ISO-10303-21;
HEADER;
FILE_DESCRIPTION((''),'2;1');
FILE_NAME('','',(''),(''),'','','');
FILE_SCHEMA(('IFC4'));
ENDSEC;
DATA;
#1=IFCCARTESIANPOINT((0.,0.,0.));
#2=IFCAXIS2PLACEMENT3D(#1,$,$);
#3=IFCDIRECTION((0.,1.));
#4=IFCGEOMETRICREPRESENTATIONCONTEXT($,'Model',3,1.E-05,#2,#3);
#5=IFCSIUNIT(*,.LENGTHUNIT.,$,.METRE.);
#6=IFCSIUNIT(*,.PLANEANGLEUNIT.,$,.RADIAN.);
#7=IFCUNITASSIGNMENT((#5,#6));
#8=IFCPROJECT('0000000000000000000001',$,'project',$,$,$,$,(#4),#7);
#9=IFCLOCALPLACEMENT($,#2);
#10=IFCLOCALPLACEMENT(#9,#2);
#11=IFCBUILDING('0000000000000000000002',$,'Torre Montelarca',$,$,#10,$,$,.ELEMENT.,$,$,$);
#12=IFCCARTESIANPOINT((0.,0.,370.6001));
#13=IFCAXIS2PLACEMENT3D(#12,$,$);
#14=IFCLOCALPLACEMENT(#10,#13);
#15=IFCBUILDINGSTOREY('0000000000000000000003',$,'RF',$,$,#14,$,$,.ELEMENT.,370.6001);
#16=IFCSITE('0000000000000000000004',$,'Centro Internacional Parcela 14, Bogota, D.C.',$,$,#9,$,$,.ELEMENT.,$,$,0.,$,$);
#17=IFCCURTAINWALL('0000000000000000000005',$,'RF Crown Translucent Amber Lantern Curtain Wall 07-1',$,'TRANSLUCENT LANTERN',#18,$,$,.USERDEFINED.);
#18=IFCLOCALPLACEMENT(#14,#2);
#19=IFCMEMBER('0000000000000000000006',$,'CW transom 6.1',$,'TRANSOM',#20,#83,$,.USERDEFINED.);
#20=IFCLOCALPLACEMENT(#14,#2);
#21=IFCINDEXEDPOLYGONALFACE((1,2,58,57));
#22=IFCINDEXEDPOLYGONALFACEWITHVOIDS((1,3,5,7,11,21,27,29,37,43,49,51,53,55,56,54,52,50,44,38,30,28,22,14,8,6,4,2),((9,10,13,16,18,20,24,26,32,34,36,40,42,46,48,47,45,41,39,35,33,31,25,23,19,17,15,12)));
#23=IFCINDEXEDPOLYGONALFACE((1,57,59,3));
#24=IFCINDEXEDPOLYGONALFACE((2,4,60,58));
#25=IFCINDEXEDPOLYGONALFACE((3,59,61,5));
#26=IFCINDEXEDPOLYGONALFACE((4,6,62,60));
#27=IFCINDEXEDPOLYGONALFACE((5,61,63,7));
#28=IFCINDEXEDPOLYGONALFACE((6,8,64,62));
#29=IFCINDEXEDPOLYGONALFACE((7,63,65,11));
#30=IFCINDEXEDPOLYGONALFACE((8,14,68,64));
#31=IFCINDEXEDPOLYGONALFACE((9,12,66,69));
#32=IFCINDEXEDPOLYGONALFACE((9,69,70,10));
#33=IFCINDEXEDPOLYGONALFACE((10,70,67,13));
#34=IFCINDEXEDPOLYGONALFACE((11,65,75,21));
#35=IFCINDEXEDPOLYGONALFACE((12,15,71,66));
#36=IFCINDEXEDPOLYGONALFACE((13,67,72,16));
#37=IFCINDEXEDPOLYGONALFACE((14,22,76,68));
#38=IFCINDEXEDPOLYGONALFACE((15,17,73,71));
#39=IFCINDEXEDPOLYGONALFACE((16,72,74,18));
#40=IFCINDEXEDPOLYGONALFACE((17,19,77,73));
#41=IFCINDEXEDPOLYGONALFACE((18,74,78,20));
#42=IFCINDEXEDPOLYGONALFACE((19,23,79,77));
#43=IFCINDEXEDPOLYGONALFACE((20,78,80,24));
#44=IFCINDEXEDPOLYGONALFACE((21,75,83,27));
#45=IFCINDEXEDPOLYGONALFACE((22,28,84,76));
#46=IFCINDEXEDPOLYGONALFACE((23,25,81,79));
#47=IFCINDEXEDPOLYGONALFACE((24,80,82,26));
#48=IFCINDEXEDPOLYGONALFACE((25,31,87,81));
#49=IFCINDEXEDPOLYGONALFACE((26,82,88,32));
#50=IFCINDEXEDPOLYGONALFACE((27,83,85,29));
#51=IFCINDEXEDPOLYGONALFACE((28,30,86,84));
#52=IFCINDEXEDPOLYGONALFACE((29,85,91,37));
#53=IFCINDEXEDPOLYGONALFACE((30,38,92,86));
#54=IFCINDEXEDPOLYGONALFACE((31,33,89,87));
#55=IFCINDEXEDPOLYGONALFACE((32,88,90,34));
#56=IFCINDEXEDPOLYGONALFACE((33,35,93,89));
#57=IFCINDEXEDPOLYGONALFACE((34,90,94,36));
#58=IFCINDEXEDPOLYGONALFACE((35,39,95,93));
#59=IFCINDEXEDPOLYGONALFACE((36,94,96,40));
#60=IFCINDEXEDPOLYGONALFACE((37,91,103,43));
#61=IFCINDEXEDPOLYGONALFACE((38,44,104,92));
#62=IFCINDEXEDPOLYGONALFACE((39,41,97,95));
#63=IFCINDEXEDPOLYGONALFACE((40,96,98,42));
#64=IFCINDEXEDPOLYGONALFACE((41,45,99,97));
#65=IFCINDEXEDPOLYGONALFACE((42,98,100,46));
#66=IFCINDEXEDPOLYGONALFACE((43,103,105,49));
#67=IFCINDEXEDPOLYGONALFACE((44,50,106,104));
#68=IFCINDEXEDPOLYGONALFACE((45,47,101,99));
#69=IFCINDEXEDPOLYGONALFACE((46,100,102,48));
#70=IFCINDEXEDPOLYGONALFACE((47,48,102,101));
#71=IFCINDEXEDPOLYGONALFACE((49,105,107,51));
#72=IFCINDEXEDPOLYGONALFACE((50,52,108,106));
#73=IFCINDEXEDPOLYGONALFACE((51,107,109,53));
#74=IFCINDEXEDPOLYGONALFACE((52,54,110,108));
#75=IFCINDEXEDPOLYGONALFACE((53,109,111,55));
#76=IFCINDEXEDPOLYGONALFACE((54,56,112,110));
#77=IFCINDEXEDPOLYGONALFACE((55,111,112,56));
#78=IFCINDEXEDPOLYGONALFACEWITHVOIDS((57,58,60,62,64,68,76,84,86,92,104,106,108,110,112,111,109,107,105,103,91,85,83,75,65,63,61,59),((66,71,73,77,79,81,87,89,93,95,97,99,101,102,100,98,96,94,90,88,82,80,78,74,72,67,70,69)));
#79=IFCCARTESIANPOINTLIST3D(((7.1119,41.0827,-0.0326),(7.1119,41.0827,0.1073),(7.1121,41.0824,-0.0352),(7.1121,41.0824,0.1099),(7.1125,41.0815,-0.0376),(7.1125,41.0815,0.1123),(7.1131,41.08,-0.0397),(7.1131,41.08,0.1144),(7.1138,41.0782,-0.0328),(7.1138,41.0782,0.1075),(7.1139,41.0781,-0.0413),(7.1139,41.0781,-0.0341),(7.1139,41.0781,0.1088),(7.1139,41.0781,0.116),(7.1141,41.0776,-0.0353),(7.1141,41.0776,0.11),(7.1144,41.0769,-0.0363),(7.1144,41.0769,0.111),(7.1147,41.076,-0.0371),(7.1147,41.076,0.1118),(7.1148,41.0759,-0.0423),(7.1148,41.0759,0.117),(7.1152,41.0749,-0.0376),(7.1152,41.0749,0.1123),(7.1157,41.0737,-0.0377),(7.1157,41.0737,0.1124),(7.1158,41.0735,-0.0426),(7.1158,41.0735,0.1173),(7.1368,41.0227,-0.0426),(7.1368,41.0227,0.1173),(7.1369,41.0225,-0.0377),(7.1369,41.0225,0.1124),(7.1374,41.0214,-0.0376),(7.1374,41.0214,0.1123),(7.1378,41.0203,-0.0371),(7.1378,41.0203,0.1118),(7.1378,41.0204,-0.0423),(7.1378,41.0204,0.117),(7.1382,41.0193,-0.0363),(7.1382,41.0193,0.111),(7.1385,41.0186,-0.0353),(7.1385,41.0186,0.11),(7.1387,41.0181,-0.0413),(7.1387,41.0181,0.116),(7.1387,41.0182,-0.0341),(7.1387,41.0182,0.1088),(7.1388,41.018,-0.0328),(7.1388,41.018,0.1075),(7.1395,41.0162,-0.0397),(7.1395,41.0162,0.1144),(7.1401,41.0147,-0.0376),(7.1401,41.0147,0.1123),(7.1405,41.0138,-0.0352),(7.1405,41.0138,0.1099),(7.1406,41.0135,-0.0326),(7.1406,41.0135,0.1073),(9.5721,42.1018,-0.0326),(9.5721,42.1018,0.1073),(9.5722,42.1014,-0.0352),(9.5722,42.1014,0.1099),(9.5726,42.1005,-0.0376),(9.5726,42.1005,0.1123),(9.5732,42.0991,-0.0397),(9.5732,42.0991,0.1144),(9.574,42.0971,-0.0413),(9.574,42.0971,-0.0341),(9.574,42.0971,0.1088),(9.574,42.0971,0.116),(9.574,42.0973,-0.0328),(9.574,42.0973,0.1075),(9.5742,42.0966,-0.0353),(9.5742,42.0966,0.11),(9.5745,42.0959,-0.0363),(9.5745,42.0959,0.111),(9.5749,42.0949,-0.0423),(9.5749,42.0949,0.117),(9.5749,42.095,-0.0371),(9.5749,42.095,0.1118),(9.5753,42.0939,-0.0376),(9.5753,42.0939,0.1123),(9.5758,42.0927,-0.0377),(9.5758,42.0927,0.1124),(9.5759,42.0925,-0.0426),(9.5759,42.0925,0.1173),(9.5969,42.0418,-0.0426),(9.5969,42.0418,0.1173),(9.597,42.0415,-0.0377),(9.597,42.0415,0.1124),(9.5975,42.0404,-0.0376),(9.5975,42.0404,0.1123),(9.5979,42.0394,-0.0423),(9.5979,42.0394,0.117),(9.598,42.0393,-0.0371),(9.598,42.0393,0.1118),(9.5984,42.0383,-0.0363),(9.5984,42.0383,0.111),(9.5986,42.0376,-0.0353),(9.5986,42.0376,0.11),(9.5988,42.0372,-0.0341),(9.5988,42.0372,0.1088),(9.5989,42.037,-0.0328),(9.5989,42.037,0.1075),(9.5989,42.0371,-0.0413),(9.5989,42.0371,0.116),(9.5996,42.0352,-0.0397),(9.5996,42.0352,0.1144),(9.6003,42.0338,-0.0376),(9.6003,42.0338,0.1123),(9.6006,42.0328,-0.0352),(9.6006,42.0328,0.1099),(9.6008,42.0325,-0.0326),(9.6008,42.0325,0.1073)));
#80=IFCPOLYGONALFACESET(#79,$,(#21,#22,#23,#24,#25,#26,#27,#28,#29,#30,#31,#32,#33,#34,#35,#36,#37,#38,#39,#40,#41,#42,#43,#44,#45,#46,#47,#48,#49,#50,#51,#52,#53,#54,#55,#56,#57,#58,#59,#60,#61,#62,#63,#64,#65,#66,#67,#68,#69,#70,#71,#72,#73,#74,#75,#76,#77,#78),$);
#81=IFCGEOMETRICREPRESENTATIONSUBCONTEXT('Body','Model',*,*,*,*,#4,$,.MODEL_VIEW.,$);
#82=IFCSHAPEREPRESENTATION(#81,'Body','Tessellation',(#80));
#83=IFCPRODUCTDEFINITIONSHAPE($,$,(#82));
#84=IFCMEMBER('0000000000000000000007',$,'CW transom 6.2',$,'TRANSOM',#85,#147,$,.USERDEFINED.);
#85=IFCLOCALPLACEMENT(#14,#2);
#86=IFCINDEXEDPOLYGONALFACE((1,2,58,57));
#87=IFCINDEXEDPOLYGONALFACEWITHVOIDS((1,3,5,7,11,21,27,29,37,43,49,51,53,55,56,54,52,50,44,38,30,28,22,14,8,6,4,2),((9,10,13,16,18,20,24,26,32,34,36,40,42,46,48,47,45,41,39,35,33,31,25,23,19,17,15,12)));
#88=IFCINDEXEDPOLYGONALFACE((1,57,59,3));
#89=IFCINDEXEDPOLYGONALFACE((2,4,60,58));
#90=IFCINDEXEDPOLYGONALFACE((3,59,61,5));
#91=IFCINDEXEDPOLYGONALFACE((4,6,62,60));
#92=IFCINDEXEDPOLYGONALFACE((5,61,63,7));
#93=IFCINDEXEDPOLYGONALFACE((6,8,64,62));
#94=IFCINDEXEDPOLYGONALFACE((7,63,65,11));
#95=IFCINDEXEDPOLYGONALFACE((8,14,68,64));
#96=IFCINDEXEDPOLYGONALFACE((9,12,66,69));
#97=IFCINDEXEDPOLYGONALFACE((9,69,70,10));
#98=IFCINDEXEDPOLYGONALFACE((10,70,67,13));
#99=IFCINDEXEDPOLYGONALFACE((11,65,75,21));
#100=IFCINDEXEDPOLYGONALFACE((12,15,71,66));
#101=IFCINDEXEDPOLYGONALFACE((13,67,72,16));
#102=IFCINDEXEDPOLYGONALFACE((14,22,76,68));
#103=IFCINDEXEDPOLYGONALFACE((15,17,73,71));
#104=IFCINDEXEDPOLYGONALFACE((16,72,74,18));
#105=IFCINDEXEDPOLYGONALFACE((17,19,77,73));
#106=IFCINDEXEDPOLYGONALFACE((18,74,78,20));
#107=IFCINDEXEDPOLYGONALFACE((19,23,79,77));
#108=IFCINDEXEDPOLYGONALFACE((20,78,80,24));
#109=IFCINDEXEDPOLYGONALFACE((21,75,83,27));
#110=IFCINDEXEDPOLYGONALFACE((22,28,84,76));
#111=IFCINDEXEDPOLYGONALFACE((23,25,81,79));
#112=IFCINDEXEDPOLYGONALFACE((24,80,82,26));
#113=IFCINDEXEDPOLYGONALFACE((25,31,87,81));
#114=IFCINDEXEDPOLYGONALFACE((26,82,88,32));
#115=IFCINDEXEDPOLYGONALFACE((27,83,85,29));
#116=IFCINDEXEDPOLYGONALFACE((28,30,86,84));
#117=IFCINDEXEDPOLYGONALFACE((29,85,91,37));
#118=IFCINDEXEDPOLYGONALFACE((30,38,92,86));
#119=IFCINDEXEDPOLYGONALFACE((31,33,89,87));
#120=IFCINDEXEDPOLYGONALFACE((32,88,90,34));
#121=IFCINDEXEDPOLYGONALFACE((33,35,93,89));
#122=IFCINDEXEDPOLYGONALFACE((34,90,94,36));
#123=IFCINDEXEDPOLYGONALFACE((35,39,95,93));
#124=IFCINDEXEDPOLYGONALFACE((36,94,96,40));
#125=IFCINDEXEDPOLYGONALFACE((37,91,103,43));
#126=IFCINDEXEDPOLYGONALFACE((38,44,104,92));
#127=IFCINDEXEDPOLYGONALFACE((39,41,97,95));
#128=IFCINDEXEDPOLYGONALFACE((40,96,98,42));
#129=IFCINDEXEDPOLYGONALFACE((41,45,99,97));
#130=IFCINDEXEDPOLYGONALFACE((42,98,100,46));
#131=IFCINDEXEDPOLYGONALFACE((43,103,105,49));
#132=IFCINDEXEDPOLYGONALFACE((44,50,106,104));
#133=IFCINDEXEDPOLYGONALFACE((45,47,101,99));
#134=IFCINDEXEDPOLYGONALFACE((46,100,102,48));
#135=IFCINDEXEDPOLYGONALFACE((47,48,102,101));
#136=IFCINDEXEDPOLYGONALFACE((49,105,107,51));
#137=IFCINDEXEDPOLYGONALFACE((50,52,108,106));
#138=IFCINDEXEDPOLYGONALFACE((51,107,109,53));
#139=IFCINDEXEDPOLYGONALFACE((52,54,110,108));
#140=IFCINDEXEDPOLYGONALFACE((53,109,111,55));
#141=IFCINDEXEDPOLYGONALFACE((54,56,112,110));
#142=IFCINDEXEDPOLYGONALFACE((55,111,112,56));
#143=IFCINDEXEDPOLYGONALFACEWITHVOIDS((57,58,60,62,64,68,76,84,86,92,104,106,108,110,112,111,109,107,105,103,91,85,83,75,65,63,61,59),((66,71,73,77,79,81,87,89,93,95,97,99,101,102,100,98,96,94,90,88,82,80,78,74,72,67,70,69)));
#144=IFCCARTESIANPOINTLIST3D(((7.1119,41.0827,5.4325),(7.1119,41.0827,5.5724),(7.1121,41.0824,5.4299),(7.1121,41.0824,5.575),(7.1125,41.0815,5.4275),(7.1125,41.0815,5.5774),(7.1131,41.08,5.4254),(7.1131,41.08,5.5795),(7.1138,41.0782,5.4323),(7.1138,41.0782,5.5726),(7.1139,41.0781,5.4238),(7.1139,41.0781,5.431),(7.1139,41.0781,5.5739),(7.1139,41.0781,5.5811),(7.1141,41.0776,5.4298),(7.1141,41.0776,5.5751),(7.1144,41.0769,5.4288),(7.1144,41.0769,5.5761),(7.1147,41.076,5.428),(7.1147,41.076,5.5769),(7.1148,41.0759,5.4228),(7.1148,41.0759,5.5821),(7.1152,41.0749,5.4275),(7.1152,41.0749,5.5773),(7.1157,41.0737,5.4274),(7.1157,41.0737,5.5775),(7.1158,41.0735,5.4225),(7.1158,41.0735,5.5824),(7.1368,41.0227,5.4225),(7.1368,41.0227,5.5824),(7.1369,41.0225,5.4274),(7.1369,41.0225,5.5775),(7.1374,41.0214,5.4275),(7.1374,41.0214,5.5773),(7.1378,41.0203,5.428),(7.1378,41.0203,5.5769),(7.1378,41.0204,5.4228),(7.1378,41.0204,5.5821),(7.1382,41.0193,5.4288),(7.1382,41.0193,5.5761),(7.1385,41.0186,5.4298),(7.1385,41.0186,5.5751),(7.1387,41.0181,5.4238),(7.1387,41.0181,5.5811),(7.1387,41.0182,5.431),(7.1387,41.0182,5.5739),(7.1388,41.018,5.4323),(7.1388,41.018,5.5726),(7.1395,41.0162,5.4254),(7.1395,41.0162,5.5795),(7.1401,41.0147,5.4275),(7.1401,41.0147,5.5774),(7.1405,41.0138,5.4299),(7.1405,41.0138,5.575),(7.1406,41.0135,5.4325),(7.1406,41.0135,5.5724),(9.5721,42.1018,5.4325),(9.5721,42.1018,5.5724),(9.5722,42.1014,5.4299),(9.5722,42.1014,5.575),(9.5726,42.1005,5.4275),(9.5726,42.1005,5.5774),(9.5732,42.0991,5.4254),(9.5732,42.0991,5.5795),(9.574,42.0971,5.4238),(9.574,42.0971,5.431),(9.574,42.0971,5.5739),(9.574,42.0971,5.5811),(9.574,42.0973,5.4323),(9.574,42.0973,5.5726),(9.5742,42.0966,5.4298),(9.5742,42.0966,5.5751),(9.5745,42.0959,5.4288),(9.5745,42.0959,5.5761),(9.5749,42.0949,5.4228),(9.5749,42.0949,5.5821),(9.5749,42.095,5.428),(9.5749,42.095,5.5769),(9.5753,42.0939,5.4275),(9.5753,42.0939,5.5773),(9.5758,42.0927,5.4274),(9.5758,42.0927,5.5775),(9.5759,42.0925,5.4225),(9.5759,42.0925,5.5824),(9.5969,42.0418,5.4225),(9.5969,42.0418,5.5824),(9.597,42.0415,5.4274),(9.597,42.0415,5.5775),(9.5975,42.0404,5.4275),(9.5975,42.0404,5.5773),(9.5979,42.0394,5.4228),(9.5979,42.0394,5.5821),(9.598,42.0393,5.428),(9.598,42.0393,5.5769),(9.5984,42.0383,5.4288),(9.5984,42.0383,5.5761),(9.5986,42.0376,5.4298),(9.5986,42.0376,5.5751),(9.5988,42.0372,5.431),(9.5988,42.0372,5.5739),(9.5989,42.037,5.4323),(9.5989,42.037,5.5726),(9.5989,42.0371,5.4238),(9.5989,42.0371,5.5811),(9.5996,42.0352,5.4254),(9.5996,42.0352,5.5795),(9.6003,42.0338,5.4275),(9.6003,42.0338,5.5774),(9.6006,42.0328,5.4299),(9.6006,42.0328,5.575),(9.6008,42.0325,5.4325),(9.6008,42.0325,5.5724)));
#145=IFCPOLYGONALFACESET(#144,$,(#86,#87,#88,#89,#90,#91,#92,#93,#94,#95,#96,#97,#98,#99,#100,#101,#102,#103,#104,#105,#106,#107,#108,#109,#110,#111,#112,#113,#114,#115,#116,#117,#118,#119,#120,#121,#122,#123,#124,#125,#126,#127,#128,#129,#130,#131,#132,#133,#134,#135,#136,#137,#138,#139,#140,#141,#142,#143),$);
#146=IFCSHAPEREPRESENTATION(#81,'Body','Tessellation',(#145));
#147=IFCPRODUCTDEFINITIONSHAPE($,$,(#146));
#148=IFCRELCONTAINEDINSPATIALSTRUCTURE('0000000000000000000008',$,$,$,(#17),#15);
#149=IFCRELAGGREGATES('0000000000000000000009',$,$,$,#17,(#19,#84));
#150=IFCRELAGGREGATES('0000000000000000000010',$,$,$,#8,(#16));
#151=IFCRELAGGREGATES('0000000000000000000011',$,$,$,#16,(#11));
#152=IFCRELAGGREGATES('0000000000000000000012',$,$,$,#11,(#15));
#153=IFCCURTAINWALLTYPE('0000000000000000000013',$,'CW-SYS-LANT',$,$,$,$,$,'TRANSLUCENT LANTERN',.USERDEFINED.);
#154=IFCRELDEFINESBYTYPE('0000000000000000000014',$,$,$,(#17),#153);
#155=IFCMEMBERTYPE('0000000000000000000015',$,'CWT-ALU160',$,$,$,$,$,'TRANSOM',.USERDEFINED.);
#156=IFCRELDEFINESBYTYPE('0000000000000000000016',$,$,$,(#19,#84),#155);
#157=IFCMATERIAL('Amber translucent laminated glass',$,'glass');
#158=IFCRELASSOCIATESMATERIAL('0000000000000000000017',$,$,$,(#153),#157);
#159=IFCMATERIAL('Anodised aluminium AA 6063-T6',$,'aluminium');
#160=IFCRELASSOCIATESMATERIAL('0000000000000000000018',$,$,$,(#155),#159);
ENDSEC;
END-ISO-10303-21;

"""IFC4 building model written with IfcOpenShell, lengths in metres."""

from ifc_helpers import new_model, si_unit, direction, frame, origin, origin_2d, place, context, subcontext, project, spatial, hollow_rectangle, extrude, source, transform, mapped, material, material_profile, profile_set, type_object, element, aggregate, save


model = new_model("IFC4")

# Units and contexts
model_context = context("Model", 3, precision=1e-05, world=origin(), true_north=direction((0.0, 1.0)))
body_context = subcontext(model_context, "Body", "Model", "MODEL_VIEW")
ifc_project = project(units=[si_unit("LENGTHUNIT", "METRE"), si_unit("PLANEANGLEUNIT", "RADIAN")], contexts=[model_context])

# Site, building, storey
site_placement = place(None, origin())
site = spatial("IfcSite", under=ifc_project, at=site_placement, Name="Centro Internacional Parcela 14, Bogota, D.C.", CompositionType="ELEMENT", RefElevation=0.0)
building_placement = place(site_placement, origin())
building = spatial("IfcBuilding", under=site, at=building_placement, Name="Torre Montelarca", CompositionType="ELEMENT")
storey_placement = place(building_placement, frame((0.0, 0.0, 370.6001)))
storey = spatial("IfcBuildingStorey", under=building, at=storey_placement, Name="RF", CompositionType="ELEMENT", Elevation=370.6001)

# Curtain wall
ifc_material_1 = material(Name="Amber translucent laminated glass", Category="glass")
curtain_wall_type = type_object("IfcCurtainWallType", Name="CW-SYS-LANT", ElementType="TRANSLUCENT LANTERN", PredefinedType="USERDEFINED", material=ifc_material_1)
curtain_wall_1_placement = place(storey_placement, origin())
curtain_wall_1 = element("IfcCurtainWall", 1, at=curtain_wall_1_placement, inside=storey, type_object=curtain_wall_type, Name="RF Crown Translucent Amber Lantern Curtain Wall 07-1", ObjectType="TRANSLUCENT LANTERN", PredefinedType="USERDEFINED")
ifc_material_2 = material(Name="Anodised aluminium AA 6063-T6", Category="aluminium")

# Members
ifc_material_profile_1 = material_profile(ifc_material_2, hollow_rectangle(XDim=0.075, YDim=0.1599, WallThickness=0.0049, InnerFilletRadius=0.0049, OuterFilletRadius=0.01, at=origin_2d()), Name="ALU75X160X5", Category="aluminium")
ifc_profile_set_1 = profile_set([ifc_material_profile_1], Name="Anodised aluminium AA 6063-T6")
member_type_1 = type_object("IfcMemberType", Name="CWT-ALU160", ElementType="TRANSOM", PredefinedType="USERDEFINED", material=ifc_profile_set_1)
shared_shape_1 = source(origin(), body_context, "Body", "SweptSolid", [
    extrude(hollow_rectangle(XDim=0.075, YDim=0.1599, WallThickness=0.0049, InnerFilletRadius=0.0049, OuterFilletRadius=0.01, at=origin_2d()), origin(), (0.0, 0.0, 1.0), 2.6628),
])
member_1_placement = place(storey_placement, frame((9.5864, 42.0671, 0.0374), z_axis=(-0.923881, -0.382681, 0.0), x_axis=(0.382681, -0.923881, 0.0)))
member_1 = element("IfcMember", 2, at=member_1_placement, type_object=member_type_1, Name="CW transom 6.1", ObjectType="TRANSOM", PredefinedType="USERDEFINED", context=body_context, shape_type="MappedRepresentation", body=[
    mapped(shared_shape_1, transform((0.0, 0.0, 0.0), scale=1.0)),
])
member_2_placement = place(storey_placement, frame((9.5864, 42.0671, 5.5024), z_axis=(-0.923881, -0.382681, 0.0), x_axis=(0.382681, -0.923881, 0.0)))
member_2 = element("IfcMember", 3, at=member_2_placement, type_object=member_type_1, Name="CW transom 6.2", ObjectType="TRANSOM", PredefinedType="USERDEFINED", context=body_context, shape_type="MappedRepresentation", body=[
    mapped(shared_shape_1, transform((0.0, 0.0, 0.0), scale=1.0)),
])

aggregate(curtain_wall_1, [member_1, member_2])

save(model, "model.ifc")
